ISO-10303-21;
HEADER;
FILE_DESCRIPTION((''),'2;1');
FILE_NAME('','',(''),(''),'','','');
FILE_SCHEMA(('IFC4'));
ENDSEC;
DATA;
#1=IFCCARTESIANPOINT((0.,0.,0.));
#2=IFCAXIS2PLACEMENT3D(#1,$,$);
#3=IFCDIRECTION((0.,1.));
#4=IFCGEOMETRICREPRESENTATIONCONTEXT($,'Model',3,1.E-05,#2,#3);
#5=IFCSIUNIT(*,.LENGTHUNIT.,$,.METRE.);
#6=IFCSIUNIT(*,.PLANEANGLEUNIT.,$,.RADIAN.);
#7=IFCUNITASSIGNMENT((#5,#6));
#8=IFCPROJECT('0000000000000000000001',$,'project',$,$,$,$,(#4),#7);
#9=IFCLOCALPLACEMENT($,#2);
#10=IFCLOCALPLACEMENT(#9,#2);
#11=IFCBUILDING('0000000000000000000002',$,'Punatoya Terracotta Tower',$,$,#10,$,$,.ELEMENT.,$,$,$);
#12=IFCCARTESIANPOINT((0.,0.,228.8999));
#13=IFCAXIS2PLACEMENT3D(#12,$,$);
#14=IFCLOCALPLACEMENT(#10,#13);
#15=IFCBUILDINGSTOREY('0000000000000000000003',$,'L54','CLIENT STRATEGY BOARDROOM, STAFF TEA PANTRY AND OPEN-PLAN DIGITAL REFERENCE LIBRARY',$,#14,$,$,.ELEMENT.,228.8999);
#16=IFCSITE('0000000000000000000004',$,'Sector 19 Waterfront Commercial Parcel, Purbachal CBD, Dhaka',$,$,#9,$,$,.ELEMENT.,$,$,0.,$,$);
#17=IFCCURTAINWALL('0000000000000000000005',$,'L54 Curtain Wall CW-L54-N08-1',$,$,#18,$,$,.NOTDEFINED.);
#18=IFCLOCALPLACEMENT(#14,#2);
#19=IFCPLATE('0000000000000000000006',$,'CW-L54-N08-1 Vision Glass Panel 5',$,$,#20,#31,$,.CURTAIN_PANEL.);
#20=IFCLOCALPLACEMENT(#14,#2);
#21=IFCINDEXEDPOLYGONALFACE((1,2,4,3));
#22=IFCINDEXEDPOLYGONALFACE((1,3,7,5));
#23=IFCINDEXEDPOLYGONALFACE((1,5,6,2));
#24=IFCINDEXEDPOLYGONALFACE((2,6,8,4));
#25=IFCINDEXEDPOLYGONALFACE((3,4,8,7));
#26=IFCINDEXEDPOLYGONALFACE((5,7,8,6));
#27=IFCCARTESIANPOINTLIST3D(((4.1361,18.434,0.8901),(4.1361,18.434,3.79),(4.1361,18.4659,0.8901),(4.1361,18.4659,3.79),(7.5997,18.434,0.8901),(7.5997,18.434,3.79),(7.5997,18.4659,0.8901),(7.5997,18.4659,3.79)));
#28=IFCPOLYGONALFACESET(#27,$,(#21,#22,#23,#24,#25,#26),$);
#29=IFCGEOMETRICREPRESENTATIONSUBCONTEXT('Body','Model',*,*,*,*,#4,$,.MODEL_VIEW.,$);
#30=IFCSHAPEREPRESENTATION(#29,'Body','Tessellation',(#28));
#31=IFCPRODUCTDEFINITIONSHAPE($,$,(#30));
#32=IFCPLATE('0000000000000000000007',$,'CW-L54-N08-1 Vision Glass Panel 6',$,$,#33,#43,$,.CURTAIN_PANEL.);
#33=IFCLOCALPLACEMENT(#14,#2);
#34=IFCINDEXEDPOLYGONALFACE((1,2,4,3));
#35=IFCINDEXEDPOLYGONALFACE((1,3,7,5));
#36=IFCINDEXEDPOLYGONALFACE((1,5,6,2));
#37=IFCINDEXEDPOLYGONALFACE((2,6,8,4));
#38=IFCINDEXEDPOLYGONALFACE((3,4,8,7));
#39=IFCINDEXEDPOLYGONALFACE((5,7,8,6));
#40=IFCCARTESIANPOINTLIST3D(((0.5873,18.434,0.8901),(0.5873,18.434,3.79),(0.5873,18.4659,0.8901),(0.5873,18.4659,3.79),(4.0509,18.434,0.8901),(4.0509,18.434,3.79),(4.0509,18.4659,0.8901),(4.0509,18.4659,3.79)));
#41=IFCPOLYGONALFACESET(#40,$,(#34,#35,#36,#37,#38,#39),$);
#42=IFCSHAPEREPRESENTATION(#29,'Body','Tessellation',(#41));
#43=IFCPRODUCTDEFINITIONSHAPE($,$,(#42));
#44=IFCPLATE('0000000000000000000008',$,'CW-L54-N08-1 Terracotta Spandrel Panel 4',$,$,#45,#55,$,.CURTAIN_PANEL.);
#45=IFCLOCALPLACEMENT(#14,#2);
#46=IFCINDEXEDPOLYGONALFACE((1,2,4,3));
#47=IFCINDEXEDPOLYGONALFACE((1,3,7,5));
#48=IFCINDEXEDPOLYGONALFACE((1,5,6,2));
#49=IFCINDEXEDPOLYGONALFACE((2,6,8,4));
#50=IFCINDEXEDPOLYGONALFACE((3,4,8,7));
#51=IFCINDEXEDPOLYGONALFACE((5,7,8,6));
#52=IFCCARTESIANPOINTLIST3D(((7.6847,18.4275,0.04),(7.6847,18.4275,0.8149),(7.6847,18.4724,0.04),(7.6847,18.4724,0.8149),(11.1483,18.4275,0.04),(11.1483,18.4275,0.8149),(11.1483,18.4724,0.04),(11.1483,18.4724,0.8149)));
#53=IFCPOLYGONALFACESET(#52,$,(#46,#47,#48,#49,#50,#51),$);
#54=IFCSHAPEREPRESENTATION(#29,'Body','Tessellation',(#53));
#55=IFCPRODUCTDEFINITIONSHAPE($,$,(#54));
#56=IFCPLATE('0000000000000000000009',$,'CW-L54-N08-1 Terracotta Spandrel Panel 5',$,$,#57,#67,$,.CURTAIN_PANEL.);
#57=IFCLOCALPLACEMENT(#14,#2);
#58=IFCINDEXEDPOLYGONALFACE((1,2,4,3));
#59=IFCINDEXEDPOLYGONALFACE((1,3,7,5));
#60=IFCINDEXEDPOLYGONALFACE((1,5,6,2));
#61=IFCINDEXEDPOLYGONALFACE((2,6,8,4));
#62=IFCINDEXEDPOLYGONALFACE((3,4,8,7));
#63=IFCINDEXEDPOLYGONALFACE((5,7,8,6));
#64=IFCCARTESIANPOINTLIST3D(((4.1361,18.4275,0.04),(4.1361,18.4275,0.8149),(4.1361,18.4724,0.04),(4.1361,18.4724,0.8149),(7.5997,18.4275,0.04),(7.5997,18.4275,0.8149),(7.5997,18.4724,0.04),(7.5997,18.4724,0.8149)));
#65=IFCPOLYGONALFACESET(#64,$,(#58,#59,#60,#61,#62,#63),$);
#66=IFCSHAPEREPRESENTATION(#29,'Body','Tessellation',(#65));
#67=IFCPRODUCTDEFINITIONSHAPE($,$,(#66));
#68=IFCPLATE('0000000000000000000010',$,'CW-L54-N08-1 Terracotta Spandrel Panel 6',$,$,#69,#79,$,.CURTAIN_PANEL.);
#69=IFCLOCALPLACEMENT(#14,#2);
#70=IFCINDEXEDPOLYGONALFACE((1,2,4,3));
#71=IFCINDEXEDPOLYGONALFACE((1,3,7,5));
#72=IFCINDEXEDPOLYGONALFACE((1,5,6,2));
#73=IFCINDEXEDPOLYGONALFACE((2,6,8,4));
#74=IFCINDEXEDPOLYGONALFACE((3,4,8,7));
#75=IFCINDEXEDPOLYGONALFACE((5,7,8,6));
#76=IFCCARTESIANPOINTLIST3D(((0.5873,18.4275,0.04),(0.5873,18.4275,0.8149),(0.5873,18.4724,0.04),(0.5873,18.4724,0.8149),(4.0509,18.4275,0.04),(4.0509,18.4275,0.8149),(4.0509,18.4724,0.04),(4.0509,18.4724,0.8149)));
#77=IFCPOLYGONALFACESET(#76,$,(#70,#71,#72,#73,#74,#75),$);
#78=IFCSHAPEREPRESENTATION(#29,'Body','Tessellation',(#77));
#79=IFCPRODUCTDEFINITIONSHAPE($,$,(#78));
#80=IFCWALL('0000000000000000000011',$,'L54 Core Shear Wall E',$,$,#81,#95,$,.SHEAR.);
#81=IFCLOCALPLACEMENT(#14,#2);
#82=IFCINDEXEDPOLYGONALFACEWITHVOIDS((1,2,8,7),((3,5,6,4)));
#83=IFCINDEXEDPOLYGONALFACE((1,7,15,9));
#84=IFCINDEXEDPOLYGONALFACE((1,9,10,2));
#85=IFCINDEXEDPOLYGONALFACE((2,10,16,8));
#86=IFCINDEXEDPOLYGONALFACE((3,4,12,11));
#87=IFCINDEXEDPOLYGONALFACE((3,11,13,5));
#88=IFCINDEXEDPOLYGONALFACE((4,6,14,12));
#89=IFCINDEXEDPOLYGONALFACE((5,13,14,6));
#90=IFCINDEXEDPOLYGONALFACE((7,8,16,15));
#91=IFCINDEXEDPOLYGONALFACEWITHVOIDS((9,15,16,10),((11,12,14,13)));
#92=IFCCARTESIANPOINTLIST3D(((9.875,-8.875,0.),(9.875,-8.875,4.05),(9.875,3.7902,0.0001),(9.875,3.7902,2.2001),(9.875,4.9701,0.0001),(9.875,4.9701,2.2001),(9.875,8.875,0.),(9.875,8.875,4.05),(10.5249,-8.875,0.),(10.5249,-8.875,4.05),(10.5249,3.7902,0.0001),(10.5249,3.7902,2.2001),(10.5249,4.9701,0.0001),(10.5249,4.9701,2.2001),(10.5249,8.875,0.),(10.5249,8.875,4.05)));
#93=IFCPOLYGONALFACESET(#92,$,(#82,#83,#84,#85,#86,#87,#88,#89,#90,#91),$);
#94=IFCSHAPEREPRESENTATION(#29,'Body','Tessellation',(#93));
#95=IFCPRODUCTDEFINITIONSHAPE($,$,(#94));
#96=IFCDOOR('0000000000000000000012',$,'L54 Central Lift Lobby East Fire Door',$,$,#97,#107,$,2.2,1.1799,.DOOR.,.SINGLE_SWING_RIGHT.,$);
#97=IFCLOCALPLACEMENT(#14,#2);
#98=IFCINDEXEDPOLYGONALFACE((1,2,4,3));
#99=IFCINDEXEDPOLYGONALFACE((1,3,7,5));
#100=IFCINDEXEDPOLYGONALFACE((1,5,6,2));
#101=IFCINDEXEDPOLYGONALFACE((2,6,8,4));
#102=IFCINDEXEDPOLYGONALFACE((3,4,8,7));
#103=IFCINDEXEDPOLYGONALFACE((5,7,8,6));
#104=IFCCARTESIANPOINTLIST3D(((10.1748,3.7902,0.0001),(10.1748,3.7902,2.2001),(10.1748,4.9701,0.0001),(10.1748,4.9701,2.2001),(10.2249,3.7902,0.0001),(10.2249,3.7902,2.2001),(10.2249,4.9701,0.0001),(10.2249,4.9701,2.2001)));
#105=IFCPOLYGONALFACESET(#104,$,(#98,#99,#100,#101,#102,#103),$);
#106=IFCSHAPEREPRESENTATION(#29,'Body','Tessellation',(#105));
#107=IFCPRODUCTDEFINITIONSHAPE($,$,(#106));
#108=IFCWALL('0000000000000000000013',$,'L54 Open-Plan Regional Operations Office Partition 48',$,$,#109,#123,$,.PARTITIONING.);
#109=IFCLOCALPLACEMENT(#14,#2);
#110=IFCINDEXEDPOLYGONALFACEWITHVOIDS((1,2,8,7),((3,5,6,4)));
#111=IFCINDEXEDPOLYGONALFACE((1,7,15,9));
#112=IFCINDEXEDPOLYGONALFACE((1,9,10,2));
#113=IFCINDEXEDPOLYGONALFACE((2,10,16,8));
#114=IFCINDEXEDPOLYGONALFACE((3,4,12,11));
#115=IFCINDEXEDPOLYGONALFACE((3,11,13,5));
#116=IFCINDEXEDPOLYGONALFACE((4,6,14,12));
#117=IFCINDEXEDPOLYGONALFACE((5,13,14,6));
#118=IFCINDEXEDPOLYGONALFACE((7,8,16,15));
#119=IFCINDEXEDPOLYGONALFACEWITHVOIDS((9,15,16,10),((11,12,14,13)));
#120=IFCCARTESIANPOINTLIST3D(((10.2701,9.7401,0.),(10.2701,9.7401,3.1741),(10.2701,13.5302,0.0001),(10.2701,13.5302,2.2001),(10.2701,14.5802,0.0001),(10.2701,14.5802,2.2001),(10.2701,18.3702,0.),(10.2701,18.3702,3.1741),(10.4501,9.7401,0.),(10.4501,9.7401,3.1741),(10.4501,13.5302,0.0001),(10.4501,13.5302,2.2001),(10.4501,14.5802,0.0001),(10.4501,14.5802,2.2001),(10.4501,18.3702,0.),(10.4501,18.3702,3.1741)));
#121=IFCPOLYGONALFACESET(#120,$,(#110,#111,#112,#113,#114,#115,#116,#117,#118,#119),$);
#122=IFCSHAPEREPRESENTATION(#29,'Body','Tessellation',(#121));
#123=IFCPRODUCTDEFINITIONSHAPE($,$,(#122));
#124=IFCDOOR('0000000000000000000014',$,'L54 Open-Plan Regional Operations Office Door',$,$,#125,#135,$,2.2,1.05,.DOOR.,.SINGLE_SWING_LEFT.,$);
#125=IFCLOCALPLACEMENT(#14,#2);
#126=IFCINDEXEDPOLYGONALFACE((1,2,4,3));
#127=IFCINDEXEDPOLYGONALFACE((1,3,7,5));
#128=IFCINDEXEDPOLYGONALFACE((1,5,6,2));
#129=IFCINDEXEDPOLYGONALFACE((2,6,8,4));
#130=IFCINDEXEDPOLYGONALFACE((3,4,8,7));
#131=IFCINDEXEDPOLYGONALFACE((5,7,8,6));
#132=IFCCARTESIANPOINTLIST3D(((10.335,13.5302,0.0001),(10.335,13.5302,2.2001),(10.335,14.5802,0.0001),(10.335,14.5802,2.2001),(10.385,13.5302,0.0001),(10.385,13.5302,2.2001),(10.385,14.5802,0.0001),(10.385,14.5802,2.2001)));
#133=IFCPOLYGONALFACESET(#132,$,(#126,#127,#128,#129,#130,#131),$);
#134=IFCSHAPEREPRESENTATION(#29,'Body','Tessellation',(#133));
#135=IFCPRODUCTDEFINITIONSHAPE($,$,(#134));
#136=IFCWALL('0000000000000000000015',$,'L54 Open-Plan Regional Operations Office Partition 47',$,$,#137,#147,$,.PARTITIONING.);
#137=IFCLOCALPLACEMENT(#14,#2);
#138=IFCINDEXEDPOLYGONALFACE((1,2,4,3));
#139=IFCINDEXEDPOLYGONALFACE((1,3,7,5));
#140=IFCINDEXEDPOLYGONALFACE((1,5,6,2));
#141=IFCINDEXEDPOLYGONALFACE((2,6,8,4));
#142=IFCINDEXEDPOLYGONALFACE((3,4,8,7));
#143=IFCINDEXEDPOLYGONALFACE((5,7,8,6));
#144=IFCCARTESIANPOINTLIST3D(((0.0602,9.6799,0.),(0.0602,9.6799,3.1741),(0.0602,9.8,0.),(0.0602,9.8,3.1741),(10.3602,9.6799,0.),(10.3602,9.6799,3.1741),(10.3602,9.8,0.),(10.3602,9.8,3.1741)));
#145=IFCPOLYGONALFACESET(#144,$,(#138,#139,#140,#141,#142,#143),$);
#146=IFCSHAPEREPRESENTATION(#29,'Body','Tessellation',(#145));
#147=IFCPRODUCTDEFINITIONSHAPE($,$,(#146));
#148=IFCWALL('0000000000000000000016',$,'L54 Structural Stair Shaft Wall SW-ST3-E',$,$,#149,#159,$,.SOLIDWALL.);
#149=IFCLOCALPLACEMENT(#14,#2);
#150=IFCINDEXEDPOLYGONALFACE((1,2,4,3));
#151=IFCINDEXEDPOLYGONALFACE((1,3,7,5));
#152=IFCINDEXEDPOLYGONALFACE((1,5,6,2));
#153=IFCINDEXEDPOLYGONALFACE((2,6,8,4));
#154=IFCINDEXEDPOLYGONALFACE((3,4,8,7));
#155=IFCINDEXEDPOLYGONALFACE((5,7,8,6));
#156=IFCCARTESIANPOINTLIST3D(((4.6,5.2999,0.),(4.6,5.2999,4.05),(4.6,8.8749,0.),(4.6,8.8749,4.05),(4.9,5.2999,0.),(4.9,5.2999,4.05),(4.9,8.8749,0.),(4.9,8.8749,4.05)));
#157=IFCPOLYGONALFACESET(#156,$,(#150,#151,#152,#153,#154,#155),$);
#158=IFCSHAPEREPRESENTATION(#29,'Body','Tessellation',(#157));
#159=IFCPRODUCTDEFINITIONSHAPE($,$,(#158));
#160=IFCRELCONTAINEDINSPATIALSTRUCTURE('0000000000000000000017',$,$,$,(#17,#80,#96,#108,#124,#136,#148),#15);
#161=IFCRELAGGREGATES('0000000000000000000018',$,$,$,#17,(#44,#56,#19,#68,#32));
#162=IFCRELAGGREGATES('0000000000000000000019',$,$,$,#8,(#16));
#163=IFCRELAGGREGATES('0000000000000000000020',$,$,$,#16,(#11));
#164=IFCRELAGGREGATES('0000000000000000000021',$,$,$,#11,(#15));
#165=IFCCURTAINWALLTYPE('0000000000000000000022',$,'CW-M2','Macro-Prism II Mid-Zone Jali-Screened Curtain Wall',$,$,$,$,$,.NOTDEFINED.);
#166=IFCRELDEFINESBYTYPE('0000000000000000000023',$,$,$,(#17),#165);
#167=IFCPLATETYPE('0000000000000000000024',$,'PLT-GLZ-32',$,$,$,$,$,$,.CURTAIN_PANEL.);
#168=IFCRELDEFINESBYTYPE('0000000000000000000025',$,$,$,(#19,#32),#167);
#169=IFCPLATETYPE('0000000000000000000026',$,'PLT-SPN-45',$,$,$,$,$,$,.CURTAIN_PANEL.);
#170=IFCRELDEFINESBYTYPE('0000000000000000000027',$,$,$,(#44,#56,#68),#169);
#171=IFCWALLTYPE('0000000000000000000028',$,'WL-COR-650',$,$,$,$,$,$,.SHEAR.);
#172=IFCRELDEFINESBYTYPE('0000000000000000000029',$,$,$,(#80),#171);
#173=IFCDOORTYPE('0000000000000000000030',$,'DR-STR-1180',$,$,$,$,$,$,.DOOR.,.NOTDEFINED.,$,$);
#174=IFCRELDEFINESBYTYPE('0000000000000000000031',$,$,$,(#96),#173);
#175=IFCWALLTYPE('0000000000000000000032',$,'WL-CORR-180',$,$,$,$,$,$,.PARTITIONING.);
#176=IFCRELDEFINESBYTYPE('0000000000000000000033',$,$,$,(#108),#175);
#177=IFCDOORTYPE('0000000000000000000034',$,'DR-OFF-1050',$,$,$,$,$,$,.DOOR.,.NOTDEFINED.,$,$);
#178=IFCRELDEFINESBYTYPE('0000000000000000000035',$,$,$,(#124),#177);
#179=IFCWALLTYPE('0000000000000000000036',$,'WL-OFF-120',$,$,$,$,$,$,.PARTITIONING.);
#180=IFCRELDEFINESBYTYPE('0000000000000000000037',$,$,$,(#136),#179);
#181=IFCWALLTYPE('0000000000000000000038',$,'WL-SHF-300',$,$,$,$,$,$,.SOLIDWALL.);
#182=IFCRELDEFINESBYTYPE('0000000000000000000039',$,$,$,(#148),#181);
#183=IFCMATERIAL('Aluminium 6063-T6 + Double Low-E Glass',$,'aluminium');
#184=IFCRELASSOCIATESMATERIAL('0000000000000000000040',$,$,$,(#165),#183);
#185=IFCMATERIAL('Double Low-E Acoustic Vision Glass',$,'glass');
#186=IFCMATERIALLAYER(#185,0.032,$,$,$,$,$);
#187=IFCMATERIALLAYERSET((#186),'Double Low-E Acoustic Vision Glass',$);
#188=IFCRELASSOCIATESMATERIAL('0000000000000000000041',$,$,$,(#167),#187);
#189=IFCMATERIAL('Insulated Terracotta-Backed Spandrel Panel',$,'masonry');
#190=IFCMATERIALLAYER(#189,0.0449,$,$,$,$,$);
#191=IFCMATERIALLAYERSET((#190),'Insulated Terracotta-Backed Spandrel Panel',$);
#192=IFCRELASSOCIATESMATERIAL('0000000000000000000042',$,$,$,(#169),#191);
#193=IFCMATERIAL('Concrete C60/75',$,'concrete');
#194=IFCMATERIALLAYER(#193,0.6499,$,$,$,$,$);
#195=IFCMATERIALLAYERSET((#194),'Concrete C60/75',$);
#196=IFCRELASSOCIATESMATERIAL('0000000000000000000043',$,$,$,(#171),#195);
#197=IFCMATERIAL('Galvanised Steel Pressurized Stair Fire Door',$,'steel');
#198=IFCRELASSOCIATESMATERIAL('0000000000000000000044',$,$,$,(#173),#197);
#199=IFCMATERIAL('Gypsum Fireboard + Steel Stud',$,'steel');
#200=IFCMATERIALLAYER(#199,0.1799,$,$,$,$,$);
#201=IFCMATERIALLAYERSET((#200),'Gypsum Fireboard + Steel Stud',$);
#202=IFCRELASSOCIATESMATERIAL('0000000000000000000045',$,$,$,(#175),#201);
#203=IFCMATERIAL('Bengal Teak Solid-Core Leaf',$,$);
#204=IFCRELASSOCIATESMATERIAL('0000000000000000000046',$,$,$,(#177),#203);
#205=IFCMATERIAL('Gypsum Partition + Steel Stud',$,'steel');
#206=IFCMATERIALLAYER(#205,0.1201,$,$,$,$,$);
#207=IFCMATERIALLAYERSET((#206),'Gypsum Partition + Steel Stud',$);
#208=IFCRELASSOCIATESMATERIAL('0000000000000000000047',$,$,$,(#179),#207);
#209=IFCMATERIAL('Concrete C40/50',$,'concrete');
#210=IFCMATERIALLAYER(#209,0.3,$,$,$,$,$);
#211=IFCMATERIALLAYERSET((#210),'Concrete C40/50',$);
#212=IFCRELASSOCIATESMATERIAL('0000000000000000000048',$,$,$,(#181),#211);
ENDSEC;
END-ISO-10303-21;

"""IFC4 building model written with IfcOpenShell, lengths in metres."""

from ifc_helpers import new_model, si_unit, direction, frame, frame_2d, origin, origin_2d, place, context, subcontext, project, spatial, rectangle, extrude, material, layer, layer_set, type_object, element, fill, aggregate, save


model = new_model("IFC4")

# Units and contexts
model_context = context("Model", 3, precision=1e-05, world=origin(), true_north=direction((0.0, 1.0)))
body_context = subcontext(model_context, "Body", "Model", "MODEL_VIEW")
ifc_project = project(units=[si_unit("LENGTHUNIT", "METRE"), si_unit("PLANEANGLEUNIT", "RADIAN")], contexts=[model_context])

# Site, building, storey
site_placement = place(None, origin())
site = spatial("IfcSite", under=ifc_project, at=site_placement, Name="Sector 19 Waterfront Commercial Parcel, Purbachal CBD, Dhaka", CompositionType="ELEMENT", RefElevation=0.0)
building_placement = place(site_placement, origin())
building = spatial("IfcBuilding", under=site, at=building_placement, Name="Punatoya Terracotta Tower", CompositionType="ELEMENT")
storey_placement = place(building_placement, frame((0.0, 0.0, 228.8999)))
storey = spatial("IfcBuildingStorey", under=building, at=storey_placement, Name="L54", Description="CLIENT STRATEGY BOARDROOM, STAFF TEA PANTRY AND OPEN-PLAN DIGITAL REFERENCE LIBRARY", CompositionType="ELEMENT", Elevation=228.8999)

# Curtain wall, plates
ifc_material_1 = material(Name="Aluminium 6063-T6 + Double Low-E Glass", Category="aluminium")
curtain_wall_type = type_object("IfcCurtainWallType", Name="CW-M2", Description="Macro-Prism II Mid-Zone Jali-Screened Curtain Wall", PredefinedType="NOTDEFINED", material=ifc_material_1)
curtain_wall_placement = place(storey_placement, origin())
curtain_wall = element("IfcCurtainWall", 1, at=curtain_wall_placement, inside=storey, type_object=curtain_wall_type, Name="L54 Curtain Wall CW-L54-N08-1", PredefinedType="NOTDEFINED")
ifc_material_2 = material(Name="Double Low-E Acoustic Vision Glass", Category="glass")
ifc_layer_1 = layer(ifc_material_2, 0.032)
ifc_layer_set_1 = layer_set([ifc_layer_1], Name="Double Low-E Acoustic Vision Glass")
plate_type_1 = type_object("IfcPlateType", Name="PLT-GLZ-32", PredefinedType="CURTAIN_PANEL", material=ifc_layer_set_1)
plate_1_placement = place(storey_placement, frame((5.8679, 18.45, 0.8901), z_axis=(0.0, 0.0, 1.0), x_axis=(-1.0, 0.0, 0.0)))
plate_1 = element("IfcPlate", 2, at=plate_1_placement, type_object=plate_type_1, Name="CW-L54-N08-1 Vision Glass Panel 5", PredefinedType="CURTAIN_PANEL", context=body_context, shape_type="SweptSolid", body=[
    extrude(rectangle(XDim=3.4636, YDim=0.032, at=origin_2d()), origin(), (0.0, 0.0, 1.0), 2.8999),
])
plate_2_placement = place(storey_placement, frame((2.3191, 18.45, 0.8901), z_axis=(0.0, 0.0, 1.0), x_axis=(-1.0, 0.0, 0.0)))
plate_2 = element("IfcPlate", 3, at=plate_2_placement, type_object=plate_type_1, Name="CW-L54-N08-1 Vision Glass Panel 6", PredefinedType="CURTAIN_PANEL", context=body_context, shape_type="SweptSolid", body=[
    extrude(rectangle(XDim=3.4636, YDim=0.032, at=origin_2d()), origin(), (0.0, 0.0, 1.0), 2.8999),
])
ifc_material_3 = material(Name="Insulated Terracotta-Backed Spandrel Panel", Category="masonry")
ifc_layer_2 = layer(ifc_material_3, 0.0449)
ifc_layer_set_2 = layer_set([ifc_layer_2], Name="Insulated Terracotta-Backed Spandrel Panel")
plate_type_2 = type_object("IfcPlateType", Name="PLT-SPN-45", PredefinedType="CURTAIN_PANEL", material=ifc_layer_set_2)
plate_3_placement = place(storey_placement, frame((9.4165, 18.45, 0.04), z_axis=(0.0, 0.0, 1.0), x_axis=(-1.0, 0.0, 0.0)))
plate_3 = element("IfcPlate", 4, at=plate_3_placement, type_object=plate_type_2, Name="CW-L54-N08-1 Terracotta Spandrel Panel 4", PredefinedType="CURTAIN_PANEL", context=body_context, shape_type="SweptSolid", body=[
    extrude(rectangle(XDim=3.4636, YDim=0.0449, at=origin_2d()), origin(), (0.0, 0.0, 1.0), 0.7749),
])
plate_4_placement = place(storey_placement, frame((5.8679, 18.45, 0.04), z_axis=(0.0, 0.0, 1.0), x_axis=(-1.0, 0.0, 0.0)))
plate_4 = element("IfcPlate", 5, at=plate_4_placement, type_object=plate_type_2, Name="CW-L54-N08-1 Terracotta Spandrel Panel 5", PredefinedType="CURTAIN_PANEL", context=body_context, shape_type="SweptSolid", body=[
    extrude(rectangle(XDim=3.4636, YDim=0.0449, at=origin_2d()), origin(), (0.0, 0.0, 1.0), 0.7749),
])
plate_5_placement = place(storey_placement, frame((2.3191, 18.45, 0.04), z_axis=(0.0, 0.0, 1.0), x_axis=(-1.0, 0.0, 0.0)))
plate_5 = element("IfcPlate", 6, at=plate_5_placement, type_object=plate_type_2, Name="CW-L54-N08-1 Terracotta Spandrel Panel 6", PredefinedType="CURTAIN_PANEL", context=body_context, shape_type="SweptSolid", body=[
    extrude(rectangle(XDim=3.4636, YDim=0.0449, at=origin_2d()), origin(), (0.0, 0.0, 1.0), 0.7749),
])
aggregate(curtain_wall, [plate_3, plate_4, plate_1, plate_5, plate_2])

# Walls, openings, doors
ifc_material_4 = material(Name="Concrete C60/75", Category="concrete")
ifc_layer_3 = layer(ifc_material_4, 0.6499)
ifc_layer_set_3 = layer_set([ifc_layer_3], Name="Concrete C60/75")
wall_type_1 = type_object("IfcWallType", Name="WL-COR-650", PredefinedType="SHEAR", material=ifc_layer_set_3)
wall_1_placement = place(storey_placement, frame((10.2, 8.875, 0.0), z_axis=(0.0, 0.0, 1.0), x_axis=(0.0, -1.0, 0.0)))
wall_1 = element("IfcWall", 7, at=wall_1_placement, inside=storey, type_object=wall_type_1, Name="L54 Core Shear Wall E", PredefinedType="SHEAR", context=body_context, shape_type="SweptSolid", body=[
    extrude(rectangle(XDim=17.75, YDim=0.6499, at=frame_2d((8.875, 0.0))), origin(), (0.0, 0.0, 1.0), 4.05),
])
opening_1_placement = place(wall_1_placement, frame((3.905, 0.0, 0.0)))
opening_1 = element("IfcOpeningElement", 8, at=opening_1_placement, cuts=wall_1, PredefinedType="OPENING", context=body_context, shape_type="SweptSolid", body=[
    extrude(rectangle(XDim=1.1799, YDim=2.2, at=frame_2d((0.5898, 1.1001))), frame((0.0, 0.335, 0.0), z_axis=(0.0, -1.0, 0.0), x_axis=(1.0, 0.0, 0.0)), (0.0, 0.0, 1.0), 0.6699),
])
ifc_material_5 = material(Name="Galvanised Steel Pressurized Stair Fire Door", Category="steel")
door_type_1 = type_object("IfcDoorType", Name="DR-STR-1180", OperationType="NOTDEFINED", PredefinedType="DOOR", material=ifc_material_5)
door_1_placement = place(opening_1_placement, origin())
door_1 = element("IfcDoor", 9, at=door_1_placement, inside=storey, type_object=door_type_1, Name="L54 Central Lift Lobby East Fire Door", OperationType="SINGLE_SWING_RIGHT", OverallHeight=2.2, OverallWidth=1.1799, PredefinedType="DOOR", context=body_context, shape_type="SweptSolid", body=[
    extrude(rectangle(XDim=1.1799, YDim=2.2, at=frame_2d((0.5898, 1.1001))), frame((0.0, 0.0249, 0.0), z_axis=(0.0, -1.0, 0.0), x_axis=(1.0, 0.0, 0.0)), (0.0, 0.0, 1.0), 0.05),
])
fill(opening_1, door_1)
ifc_material_6 = material(Name="Gypsum Fireboard + Steel Stud", Category="steel")
ifc_layer_4 = layer(ifc_material_6, 0.1799)
ifc_layer_set_4 = layer_set([ifc_layer_4], Name="Gypsum Fireboard + Steel Stud")
wall_type_2 = type_object("IfcWallType", Name="WL-CORR-180", PredefinedType="PARTITIONING", material=ifc_layer_set_4)
wall_2_placement = place(storey_placement, frame((10.3601, 18.3701, 0.0), z_axis=(0.0, 0.0, 1.0), x_axis=(0.0, -1.0, 0.0)))
wall_2 = element("IfcWall", 10, at=wall_2_placement, inside=storey, type_object=wall_type_2, Name="L54 Open-Plan Regional Operations Office Partition 48", PredefinedType="PARTITIONING", context=body_context, shape_type="SweptSolid", body=[
    extrude(rectangle(XDim=8.6301, YDim=0.1799, at=frame_2d((4.3149, 0.0))), origin(), (0.0, 0.0, 1.0), 3.1741),
])
opening_2_placement = place(wall_2_placement, frame((3.79, 0.0, 0.0)))
opening_2 = element("IfcOpeningElement", 11, at=opening_2_placement, cuts=wall_2, PredefinedType="OPENING", context=body_context, shape_type="SweptSolid", body=[
    extrude(rectangle(XDim=1.05, YDim=2.2, at=frame_2d((0.5249, 1.1001))), frame((0.0, 0.0999, 0.0), z_axis=(0.0, -1.0, 0.0), x_axis=(1.0, 0.0, 0.0)), (0.0, 0.0, 1.0), 0.2),
])
ifc_material_7 = material(Name="Bengal Teak Solid-Core Leaf")
door_type_2 = type_object("IfcDoorType", Name="DR-OFF-1050", OperationType="NOTDEFINED", PredefinedType="DOOR", material=ifc_material_7)
door_2_placement = place(opening_2_placement, origin())
door_2 = element("IfcDoor", 12, at=door_2_placement, inside=storey, type_object=door_type_2, Name="L54 Open-Plan Regional Operations Office Door", OperationType="SINGLE_SWING_LEFT", OverallHeight=2.2, OverallWidth=1.05, PredefinedType="DOOR", context=body_context, shape_type="SweptSolid", body=[
    extrude(rectangle(XDim=1.05, YDim=2.2, at=frame_2d((0.5249, 1.1001))), frame((0.0, 0.0249, 0.0), z_axis=(0.0, -1.0, 0.0), x_axis=(1.0, 0.0, 0.0)), (0.0, 0.0, 1.0), 0.05),
])
fill(opening_2, door_2)

# Walls
ifc_material_8 = material(Name="Gypsum Partition + Steel Stud", Category="steel")
ifc_layer_5 = layer(ifc_material_8, 0.1201)
ifc_layer_set_5 = layer_set([ifc_layer_5], Name="Gypsum Partition + Steel Stud")
wall_type_3 = type_object("IfcWallType", Name="WL-OFF-120", PredefinedType="PARTITIONING", material=ifc_layer_set_5)
wall_3_placement = place(storey_placement, frame((10.3601, 9.74, 0.0), z_axis=(0.0, 0.0, 1.0), x_axis=(-1.0, 0.0, 0.0)))
element("IfcWall", 13, at=wall_3_placement, inside=storey, type_object=wall_type_3, Name="L54 Open-Plan Regional Operations Office Partition 47", PredefinedType="PARTITIONING", context=body_context, shape_type="SweptSolid", body=[
    extrude(rectangle(XDim=10.3, YDim=0.1201, at=frame_2d((5.1499, 0.0))), origin(), (0.0, 0.0, 1.0), 3.1741),
])
ifc_material_9 = material(Name="Concrete C40/50", Category="concrete")
ifc_layer_6 = layer(ifc_material_9, 0.3)
ifc_layer_set_6 = layer_set([ifc_layer_6], Name="Concrete C40/50")
wall_type_4 = type_object("IfcWallType", Name="WL-SHF-300", PredefinedType="SOLIDWALL", material=ifc_layer_set_6)
wall_4_placement = place(storey_placement, frame((4.75, 8.875, 0.0), z_axis=(0.0, 0.0, 1.0), x_axis=(0.0, -1.0, 0.0)))
element("IfcWall", 14, at=wall_4_placement, inside=storey, type_object=wall_type_4, Name="L54 Structural Stair Shaft Wall SW-ST3-E", PredefinedType="SOLIDWALL", context=body_context, shape_type="SweptSolid", body=[
    extrude(rectangle(XDim=3.575, YDim=0.3, at=frame_2d((1.7876, 0.0))), origin(), (0.0, 0.0, 1.0), 4.05),
])

save(model, "model.ifc")
